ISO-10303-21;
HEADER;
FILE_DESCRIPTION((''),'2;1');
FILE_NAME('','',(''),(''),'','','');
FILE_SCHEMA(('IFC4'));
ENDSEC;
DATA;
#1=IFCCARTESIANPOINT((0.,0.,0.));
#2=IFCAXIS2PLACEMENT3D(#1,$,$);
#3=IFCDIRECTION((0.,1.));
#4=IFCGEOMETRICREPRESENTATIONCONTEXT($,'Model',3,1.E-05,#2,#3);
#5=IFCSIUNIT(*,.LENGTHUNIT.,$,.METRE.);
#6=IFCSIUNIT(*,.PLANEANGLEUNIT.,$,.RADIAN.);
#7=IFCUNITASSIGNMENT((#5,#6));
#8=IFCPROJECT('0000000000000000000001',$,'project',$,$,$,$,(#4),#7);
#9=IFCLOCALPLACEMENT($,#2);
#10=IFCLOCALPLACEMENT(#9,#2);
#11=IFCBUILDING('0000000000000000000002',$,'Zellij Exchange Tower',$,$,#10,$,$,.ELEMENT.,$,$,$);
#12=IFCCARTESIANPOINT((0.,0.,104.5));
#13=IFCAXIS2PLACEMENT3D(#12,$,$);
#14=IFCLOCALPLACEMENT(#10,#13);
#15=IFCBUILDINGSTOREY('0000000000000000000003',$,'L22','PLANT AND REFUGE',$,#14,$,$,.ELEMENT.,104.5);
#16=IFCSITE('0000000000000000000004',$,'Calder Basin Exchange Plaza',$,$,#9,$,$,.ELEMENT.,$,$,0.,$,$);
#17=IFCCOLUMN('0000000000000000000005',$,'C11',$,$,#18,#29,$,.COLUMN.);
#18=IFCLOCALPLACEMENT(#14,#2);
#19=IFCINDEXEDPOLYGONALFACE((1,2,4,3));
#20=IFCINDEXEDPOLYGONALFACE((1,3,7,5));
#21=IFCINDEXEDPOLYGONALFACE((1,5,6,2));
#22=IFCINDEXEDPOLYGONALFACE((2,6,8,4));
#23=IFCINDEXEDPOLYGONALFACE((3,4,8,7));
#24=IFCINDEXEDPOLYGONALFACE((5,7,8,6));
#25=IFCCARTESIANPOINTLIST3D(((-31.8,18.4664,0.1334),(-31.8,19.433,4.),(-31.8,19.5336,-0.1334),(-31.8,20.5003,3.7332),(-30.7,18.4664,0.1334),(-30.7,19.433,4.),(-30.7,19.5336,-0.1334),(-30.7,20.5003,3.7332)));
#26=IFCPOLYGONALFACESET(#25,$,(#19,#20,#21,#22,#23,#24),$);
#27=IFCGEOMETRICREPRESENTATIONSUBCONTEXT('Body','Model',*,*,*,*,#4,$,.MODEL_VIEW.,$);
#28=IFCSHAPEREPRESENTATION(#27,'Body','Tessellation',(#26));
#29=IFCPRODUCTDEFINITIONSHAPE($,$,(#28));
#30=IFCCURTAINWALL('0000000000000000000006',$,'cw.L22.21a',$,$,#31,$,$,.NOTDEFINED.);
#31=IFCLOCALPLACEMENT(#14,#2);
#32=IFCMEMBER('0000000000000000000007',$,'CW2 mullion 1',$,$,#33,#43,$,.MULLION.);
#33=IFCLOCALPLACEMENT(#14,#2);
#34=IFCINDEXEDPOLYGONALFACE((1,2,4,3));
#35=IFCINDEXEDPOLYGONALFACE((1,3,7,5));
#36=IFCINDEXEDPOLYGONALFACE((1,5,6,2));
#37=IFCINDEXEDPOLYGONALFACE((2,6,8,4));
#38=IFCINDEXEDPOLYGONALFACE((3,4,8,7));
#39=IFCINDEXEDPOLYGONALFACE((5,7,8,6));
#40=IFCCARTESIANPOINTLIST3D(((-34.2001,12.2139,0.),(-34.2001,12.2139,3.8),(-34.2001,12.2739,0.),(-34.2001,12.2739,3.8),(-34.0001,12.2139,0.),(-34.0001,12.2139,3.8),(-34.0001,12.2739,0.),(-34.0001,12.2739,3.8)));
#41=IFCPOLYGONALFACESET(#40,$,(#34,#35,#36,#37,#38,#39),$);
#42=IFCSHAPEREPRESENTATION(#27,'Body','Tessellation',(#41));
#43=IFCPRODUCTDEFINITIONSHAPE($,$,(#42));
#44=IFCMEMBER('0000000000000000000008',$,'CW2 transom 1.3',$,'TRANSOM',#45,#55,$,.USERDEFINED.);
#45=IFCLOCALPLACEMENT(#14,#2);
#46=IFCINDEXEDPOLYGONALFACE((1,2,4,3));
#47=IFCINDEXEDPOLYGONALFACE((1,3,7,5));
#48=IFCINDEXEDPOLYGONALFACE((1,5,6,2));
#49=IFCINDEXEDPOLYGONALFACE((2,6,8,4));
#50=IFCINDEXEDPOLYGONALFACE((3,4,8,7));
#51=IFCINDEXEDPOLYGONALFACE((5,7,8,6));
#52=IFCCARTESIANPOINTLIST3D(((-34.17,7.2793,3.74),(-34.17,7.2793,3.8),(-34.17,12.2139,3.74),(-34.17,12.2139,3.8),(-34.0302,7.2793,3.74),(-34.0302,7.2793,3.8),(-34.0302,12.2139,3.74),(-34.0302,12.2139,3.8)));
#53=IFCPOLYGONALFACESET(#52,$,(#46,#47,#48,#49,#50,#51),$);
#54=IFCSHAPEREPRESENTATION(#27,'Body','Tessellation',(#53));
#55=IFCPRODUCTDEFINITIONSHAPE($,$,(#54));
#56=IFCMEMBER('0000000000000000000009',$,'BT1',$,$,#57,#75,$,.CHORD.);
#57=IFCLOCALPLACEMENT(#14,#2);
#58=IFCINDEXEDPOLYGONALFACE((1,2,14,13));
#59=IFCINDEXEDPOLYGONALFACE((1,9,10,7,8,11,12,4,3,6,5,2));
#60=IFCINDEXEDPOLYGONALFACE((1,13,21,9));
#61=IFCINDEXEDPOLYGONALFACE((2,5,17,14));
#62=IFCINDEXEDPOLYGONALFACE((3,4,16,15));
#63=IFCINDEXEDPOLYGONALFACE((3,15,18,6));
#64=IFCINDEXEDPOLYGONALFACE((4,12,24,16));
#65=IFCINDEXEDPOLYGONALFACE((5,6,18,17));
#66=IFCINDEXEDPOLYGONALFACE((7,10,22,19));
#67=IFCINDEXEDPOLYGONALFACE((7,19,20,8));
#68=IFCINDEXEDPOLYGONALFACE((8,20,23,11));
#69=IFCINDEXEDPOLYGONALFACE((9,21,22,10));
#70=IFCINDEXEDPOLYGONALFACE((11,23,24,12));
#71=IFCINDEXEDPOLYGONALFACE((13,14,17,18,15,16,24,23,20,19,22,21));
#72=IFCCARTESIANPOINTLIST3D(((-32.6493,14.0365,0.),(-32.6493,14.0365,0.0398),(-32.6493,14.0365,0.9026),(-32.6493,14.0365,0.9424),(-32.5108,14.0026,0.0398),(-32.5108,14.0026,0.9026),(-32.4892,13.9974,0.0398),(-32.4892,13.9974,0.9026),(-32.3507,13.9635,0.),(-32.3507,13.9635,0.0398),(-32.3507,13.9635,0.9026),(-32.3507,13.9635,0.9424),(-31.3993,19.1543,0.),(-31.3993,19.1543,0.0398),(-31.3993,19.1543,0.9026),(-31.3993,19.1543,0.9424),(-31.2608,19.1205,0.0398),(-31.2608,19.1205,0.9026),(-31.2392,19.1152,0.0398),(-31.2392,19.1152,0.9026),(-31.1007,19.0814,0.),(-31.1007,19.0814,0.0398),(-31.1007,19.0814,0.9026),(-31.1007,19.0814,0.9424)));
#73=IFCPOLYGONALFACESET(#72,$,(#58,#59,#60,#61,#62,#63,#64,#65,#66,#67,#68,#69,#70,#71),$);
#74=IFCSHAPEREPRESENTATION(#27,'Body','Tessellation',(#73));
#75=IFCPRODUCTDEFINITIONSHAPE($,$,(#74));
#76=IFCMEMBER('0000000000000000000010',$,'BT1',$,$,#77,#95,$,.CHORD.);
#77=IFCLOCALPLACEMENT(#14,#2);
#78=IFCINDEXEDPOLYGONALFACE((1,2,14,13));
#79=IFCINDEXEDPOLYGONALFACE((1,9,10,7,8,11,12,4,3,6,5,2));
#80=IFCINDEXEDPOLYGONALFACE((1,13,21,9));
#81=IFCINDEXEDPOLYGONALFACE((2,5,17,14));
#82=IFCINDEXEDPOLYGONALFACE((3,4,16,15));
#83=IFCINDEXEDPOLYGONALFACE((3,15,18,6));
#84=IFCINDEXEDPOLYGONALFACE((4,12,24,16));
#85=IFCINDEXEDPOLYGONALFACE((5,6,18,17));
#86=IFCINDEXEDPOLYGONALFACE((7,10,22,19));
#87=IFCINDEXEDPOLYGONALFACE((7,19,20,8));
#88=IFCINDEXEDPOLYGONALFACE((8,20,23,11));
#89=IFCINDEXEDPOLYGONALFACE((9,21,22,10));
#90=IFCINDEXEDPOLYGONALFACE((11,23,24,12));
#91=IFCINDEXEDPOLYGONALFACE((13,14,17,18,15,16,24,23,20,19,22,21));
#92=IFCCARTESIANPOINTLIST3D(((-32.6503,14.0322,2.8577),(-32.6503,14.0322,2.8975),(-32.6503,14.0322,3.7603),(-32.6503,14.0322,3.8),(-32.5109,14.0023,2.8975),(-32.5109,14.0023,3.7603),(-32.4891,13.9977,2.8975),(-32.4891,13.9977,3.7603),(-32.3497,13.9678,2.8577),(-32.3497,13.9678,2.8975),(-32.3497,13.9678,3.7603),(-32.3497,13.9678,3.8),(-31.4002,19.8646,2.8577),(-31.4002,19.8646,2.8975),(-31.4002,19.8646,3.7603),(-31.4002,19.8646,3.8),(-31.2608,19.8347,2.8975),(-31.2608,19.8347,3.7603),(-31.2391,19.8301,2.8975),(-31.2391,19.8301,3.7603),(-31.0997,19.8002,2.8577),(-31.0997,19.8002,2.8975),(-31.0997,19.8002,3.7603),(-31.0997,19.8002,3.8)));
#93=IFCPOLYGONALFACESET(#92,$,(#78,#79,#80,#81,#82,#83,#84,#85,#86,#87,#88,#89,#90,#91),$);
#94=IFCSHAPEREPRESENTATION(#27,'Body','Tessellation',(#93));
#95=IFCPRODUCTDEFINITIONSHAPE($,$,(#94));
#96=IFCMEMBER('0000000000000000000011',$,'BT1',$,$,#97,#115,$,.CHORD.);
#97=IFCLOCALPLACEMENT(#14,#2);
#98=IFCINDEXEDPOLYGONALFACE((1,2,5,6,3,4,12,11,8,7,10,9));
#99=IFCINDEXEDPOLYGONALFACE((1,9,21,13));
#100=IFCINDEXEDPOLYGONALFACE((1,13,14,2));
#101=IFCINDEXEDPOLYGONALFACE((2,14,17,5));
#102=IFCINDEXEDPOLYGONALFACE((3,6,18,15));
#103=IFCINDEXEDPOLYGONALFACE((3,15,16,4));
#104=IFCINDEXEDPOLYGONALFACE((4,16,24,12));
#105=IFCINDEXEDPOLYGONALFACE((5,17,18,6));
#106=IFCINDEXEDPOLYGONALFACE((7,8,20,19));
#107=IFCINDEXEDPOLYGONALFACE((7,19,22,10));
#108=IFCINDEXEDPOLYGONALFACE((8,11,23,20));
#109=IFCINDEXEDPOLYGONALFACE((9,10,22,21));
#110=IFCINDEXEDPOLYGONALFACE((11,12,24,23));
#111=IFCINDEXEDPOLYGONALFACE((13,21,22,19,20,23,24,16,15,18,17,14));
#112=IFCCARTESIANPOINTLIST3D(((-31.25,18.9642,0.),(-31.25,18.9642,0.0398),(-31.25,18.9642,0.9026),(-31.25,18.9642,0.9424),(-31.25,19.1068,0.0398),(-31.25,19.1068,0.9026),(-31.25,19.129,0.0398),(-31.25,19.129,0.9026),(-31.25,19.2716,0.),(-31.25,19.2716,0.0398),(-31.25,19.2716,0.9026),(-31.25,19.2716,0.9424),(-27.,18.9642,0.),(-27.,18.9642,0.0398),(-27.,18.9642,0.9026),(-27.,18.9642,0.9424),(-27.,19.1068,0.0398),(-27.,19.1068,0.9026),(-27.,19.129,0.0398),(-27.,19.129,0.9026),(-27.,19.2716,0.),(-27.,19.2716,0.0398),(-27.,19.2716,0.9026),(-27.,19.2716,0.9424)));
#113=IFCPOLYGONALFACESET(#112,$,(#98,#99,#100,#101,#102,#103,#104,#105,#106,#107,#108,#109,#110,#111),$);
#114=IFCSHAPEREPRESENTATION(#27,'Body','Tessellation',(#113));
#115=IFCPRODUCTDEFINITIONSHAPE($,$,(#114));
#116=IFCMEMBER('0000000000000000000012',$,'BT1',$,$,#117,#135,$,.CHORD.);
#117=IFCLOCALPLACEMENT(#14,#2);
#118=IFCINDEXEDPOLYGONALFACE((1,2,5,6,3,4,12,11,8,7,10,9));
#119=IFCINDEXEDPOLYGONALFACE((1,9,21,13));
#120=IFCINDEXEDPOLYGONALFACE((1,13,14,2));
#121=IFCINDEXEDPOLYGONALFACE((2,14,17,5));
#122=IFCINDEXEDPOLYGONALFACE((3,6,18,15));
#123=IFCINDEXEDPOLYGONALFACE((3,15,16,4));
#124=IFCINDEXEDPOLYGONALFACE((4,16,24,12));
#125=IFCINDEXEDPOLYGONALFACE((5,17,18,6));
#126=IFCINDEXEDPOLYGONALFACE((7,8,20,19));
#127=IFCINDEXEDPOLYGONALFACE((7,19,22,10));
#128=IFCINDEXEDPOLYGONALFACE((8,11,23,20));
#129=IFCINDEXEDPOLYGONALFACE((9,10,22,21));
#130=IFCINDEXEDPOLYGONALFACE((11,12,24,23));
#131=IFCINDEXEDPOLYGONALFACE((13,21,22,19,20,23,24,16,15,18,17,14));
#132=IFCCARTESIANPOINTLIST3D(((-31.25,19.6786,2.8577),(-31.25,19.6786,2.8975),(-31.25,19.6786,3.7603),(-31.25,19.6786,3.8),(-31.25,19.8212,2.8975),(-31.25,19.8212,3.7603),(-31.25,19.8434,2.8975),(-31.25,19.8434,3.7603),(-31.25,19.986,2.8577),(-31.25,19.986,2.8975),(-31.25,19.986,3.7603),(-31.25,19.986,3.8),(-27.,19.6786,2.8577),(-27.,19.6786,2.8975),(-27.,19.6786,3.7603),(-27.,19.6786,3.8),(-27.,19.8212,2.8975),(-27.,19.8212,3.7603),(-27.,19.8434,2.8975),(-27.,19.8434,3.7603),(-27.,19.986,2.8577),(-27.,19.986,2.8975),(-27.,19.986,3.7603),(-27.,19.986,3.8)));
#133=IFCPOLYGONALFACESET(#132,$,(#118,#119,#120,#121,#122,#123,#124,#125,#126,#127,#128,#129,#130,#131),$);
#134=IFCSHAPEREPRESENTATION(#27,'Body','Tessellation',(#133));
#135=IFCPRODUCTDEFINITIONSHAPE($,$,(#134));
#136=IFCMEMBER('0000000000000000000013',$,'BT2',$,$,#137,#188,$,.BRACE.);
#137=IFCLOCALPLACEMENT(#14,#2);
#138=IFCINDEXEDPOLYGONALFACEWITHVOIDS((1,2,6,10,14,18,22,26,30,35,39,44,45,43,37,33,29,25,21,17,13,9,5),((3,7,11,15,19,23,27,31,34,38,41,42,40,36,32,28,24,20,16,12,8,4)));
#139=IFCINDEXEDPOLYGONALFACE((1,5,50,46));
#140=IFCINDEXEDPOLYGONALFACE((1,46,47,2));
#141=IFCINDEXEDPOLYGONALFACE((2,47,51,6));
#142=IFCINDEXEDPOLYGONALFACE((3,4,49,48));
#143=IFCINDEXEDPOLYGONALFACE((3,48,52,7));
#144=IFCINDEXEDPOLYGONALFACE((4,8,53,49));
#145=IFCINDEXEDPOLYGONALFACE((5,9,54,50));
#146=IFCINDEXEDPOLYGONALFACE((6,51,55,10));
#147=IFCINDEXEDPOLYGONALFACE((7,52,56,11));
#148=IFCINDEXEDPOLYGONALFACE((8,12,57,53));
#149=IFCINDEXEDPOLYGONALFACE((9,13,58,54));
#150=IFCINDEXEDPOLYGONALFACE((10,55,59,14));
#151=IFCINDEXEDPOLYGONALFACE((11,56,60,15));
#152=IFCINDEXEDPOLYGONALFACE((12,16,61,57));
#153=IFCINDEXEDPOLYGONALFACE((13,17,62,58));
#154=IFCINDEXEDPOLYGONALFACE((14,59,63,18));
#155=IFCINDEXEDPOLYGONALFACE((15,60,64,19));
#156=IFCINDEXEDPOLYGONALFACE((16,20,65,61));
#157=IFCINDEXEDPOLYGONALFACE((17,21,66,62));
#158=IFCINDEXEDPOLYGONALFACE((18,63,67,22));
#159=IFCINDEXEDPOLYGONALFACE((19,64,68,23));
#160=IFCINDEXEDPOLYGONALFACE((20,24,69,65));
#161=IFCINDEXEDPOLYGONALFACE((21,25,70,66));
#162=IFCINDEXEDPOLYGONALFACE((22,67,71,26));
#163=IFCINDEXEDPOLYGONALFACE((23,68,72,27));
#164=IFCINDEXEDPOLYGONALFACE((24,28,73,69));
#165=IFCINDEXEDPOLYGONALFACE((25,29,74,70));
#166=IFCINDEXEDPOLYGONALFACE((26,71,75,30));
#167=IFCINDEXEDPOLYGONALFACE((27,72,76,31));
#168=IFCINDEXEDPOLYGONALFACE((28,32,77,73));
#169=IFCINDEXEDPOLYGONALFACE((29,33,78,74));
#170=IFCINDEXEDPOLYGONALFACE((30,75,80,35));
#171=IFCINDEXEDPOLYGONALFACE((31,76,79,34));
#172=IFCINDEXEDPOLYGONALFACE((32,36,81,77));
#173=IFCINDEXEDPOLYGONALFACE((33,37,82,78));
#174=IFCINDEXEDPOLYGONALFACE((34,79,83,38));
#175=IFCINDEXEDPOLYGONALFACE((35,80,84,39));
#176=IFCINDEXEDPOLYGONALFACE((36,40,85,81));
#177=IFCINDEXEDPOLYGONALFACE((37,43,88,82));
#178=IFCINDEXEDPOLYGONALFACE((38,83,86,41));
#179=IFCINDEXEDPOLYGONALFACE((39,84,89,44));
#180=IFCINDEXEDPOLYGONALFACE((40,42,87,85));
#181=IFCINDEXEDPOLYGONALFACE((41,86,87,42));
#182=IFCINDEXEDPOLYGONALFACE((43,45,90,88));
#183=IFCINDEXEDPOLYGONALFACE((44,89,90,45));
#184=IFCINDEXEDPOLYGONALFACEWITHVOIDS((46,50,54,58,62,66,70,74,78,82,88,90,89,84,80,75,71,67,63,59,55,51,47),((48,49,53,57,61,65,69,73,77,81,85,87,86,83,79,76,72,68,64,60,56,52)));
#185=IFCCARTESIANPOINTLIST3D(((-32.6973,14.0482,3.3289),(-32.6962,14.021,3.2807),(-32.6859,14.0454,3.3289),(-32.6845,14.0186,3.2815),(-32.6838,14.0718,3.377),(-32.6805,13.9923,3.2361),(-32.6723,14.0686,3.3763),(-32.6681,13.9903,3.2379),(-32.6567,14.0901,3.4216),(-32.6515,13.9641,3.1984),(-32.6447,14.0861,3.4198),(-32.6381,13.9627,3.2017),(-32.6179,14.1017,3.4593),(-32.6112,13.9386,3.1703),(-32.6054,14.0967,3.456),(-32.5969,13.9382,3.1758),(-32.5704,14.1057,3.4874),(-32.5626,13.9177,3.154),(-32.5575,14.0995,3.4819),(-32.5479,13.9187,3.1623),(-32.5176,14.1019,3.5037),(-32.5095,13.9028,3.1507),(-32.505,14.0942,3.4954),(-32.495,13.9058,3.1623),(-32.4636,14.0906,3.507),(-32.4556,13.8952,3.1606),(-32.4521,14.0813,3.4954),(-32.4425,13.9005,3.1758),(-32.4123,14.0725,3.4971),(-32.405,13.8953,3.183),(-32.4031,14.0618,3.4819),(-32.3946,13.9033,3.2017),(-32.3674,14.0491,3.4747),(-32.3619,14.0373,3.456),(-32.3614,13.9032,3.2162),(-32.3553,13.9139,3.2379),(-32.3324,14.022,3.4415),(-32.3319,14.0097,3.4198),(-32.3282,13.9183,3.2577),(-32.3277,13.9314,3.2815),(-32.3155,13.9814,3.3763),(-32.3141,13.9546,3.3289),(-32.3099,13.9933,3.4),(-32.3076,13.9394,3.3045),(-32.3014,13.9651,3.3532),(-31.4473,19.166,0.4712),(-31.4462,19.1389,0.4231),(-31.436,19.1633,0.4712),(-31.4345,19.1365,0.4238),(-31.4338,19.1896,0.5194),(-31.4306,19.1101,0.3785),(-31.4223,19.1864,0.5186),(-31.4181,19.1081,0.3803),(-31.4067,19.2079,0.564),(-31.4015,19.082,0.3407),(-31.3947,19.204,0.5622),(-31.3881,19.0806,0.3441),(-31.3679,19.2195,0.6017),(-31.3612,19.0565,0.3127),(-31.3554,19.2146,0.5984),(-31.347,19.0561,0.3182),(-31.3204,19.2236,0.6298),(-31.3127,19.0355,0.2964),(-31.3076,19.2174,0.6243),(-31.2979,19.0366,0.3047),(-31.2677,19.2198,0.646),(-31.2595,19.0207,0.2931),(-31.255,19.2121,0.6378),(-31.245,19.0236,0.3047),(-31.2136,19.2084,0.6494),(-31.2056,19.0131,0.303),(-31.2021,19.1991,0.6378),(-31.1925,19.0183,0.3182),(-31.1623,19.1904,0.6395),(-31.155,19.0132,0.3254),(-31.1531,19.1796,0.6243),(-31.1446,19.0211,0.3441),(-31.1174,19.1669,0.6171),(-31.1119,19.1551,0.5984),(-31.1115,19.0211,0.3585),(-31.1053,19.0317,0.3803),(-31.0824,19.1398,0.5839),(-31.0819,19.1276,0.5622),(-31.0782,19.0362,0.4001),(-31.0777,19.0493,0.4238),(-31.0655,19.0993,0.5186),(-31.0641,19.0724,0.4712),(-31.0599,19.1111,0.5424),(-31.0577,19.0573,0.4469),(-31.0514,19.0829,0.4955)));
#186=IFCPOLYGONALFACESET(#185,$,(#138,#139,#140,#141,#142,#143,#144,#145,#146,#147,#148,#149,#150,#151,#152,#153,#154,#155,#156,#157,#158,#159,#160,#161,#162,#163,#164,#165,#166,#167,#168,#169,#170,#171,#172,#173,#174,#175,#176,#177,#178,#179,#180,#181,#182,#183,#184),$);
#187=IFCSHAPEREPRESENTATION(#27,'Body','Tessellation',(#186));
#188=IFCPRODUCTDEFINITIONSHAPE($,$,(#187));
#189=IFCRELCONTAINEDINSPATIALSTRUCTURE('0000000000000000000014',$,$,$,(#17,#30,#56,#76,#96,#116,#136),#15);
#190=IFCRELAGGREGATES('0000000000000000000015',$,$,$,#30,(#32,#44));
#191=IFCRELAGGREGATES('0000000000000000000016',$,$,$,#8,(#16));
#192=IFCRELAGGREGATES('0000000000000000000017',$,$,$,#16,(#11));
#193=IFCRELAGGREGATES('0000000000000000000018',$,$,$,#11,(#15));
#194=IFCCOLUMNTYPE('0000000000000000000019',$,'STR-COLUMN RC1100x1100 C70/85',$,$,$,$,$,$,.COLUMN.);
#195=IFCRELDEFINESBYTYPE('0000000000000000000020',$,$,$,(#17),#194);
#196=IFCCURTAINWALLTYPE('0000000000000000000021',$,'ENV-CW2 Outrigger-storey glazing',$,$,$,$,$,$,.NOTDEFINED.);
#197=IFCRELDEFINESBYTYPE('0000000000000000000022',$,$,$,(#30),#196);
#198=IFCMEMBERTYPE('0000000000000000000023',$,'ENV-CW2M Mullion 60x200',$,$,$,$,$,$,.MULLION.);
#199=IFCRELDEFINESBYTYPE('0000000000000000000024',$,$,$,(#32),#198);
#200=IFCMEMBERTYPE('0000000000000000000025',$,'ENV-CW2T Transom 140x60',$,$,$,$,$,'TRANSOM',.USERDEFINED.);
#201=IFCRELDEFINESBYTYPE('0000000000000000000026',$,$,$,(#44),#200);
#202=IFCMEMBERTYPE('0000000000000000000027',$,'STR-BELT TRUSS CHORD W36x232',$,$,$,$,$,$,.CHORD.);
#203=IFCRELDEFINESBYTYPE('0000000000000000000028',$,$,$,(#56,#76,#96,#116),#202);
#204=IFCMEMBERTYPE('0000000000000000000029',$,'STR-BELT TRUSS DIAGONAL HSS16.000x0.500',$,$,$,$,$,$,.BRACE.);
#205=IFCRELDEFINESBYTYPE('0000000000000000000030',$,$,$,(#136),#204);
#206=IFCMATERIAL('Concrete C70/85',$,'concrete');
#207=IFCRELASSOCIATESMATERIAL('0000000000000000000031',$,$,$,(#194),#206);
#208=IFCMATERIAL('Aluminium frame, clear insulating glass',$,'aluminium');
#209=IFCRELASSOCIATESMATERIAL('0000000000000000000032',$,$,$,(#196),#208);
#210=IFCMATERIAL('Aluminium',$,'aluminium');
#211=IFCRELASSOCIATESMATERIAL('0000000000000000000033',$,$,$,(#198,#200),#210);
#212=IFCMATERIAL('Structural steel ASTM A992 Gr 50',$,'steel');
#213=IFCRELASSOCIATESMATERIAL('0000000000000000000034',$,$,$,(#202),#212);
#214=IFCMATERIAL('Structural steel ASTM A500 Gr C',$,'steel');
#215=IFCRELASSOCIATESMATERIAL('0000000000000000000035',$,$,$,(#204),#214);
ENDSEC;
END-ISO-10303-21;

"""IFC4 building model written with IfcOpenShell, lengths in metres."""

from ifc_helpers import new_model, si_unit, direction, frame, origin, origin_2d, place, context, subcontext, project, spatial, rectangle, hollow_circle, i_section, extrude, clip, halfspace, material, material_profile, profile_set, type_object, element, aggregate, save


model = new_model("IFC4")

# Units and contexts
model_context = context("Model", 3, precision=1e-05, world=origin(), true_north=direction((0.0, 1.0)))
body_context = subcontext(model_context, "Body", "Model", "MODEL_VIEW")
ifc_project = project(units=[si_unit("LENGTHUNIT", "METRE"), si_unit("PLANEANGLEUNIT", "RADIAN")], contexts=[model_context])

# Site, building, storey
site_placement = place(None, origin())
site = spatial("IfcSite", under=ifc_project, at=site_placement, Name="Calder Basin Exchange Plaza", CompositionType="ELEMENT", RefElevation=0.0)
building_placement = place(site_placement, origin())
building = spatial("IfcBuilding", under=site, at=building_placement, Name="Zellij Exchange Tower", CompositionType="ELEMENT")
storey_placement = place(building_placement, frame((0.0, 0.0, 104.5)))
storey = spatial("IfcBuildingStorey", under=building, at=storey_placement, Name="L22", Description="PLANT AND REFUGE", CompositionType="ELEMENT", Elevation=104.5)

# Column
ifc_material_1 = material(Name="Concrete C70/85", Category="concrete")
ifc_material_profile_1 = material_profile(ifc_material_1, rectangle(XDim=1.1001, YDim=1.1001, at=origin_2d()), Name="STR-COLUMN RC1100x1100 C70/85")
ifc_profile_set_1 = profile_set([ifc_material_profile_1], Name="Concrete C70/85")
column_type = type_object("IfcColumnType", Name="STR-COLUMN RC1100x1100 C70/85", PredefinedType="COLUMN", material=ifc_profile_set_1)
column_placement = place(storey_placement, frame((-31.25, 19.0, 0.0), z_axis=(0.0, 0.242536, 0.970143), x_axis=(-1.0, 0.0, 0.0)))
element("IfcColumn", 1, at=column_placement, inside=storey, type_object=column_type, Name="C11", PredefinedType="COLUMN", context=body_context, shape_type="Clipping", body=[
    clip(extrude(rectangle(XDim=1.1001, YDim=1.1001, at=origin_2d()), origin(), (0.0, 0.0, 1.0), 4.123), halfspace(frame((0.0, 0.0, 3.9856)), False)),
])

# Curtain wall, members
ifc_material_2 = material(Name="Aluminium frame, clear insulating glass", Category="aluminium")
curtain_wall_type = type_object("IfcCurtainWallType", Name="ENV-CW2 Outrigger-storey glazing", PredefinedType="NOTDEFINED", material=ifc_material_2)
curtain_wall_placement = place(storey_placement, origin())
curtain_wall = element("IfcCurtainWall", 2, at=curtain_wall_placement, inside=storey, type_object=curtain_wall_type, Name="cw.L22.21a", PredefinedType="NOTDEFINED")
ifc_material_3 = material(Name="Aluminium", Category="aluminium")
ifc_material_profile_2 = material_profile(ifc_material_3, rectangle(XDim=0.0601, YDim=0.2, at=origin_2d()), Name="AL 60x200")
ifc_profile_set_2 = profile_set([ifc_material_profile_2], Name="Aluminium")
member_type_1 = type_object("IfcMemberType", Name="ENV-CW2M Mullion 60x200", PredefinedType="MULLION", material=ifc_profile_set_2)
member_1_placement = place(storey_placement, frame((-34.1001, 12.2439, 0.0), z_axis=(0.0, 0.0, 1.0), x_axis=(0.0, -1.0, 0.0)))
member_1 = element("IfcMember", 3, at=member_1_placement, type_object=member_type_1, Name="CW2 mullion 1", PredefinedType="MULLION", context=body_context, shape_type="SweptSolid", body=[
    extrude(rectangle(XDim=0.0601, YDim=0.2, at=origin_2d()), origin(), (0.0, 0.0, 1.0), 3.8),
])
ifc_material_profile_3 = material_profile(ifc_material_3, rectangle(XDim=0.1399, YDim=0.0601, at=origin_2d()), Name="AL 140x60")
ifc_profile_set_3 = profile_set([ifc_material_profile_3], Name="Aluminium")
member_type_2 = type_object("IfcMemberType", Name="ENV-CW2T Transom 140x60", ElementType="TRANSOM", PredefinedType="USERDEFINED", material=ifc_profile_set_3)
member_2_placement = place(storey_placement, frame((-34.1001, 12.2139, 3.77), z_axis=(0.0, -1.0, 0.0), x_axis=(1.0, 0.0, 0.0)))
member_2 = element("IfcMember", 4, at=member_2_placement, type_object=member_type_2, Name="CW2 transom 1.3", ObjectType="TRANSOM", PredefinedType="USERDEFINED", context=body_context, shape_type="SweptSolid", body=[
    extrude(rectangle(XDim=0.1399, YDim=0.0601, at=origin_2d()), origin(), (0.0, 0.0, 1.0), 4.9346),
])
aggregate(curtain_wall, [member_1, member_2])

# Members
ifc_material_4 = material(Name="Structural steel ASTM A992 Gr 50", Category="steel")
ifc_material_profile_4 = material_profile(ifc_material_4, i_section(OverallWidth=0.3074, OverallDepth=0.9424, WebThickness=0.0222, FlangeThickness=0.0398, at=origin_2d()), Name="W36x232")
ifc_profile_set_4 = profile_set([ifc_material_profile_4], Name="Structural steel ASTM A992 Gr 50")
member_type_3 = type_object("IfcMemberType", Name="STR-BELT TRUSS CHORD W36x232", PredefinedType="CHORD", material=ifc_profile_set_4)
member_3_placement = place(storey_placement, frame((-32.5, 14.0, 0.4712), z_axis=(0.237266, 0.971445, 0.0), x_axis=(-0.971445, 0.237266, 0.0)))
element("IfcMember", 5, at=member_3_placement, inside=storey, type_object=member_type_3, Name="BT1", PredefinedType="CHORD", context=body_context, shape_type="SweptSolid", body=[
    extrude(i_section(OverallWidth=0.3074, OverallDepth=0.9424, WebThickness=0.0222, FlangeThickness=0.0398, at=origin_2d()), origin(), (0.0, 0.0, 1.0), 5.2683),
])
member_4_placement = place(storey_placement, frame((-32.5, 14.0, 3.3289), z_axis=(0.209565, 0.977795, 0.0), x_axis=(-0.977795, 0.209565, 0.0)))
element("IfcMember", 6, at=member_4_placement, inside=storey, type_object=member_type_3, Name="BT1", PredefinedType="CHORD", context=body_context, shape_type="SweptSolid", body=[
    extrude(i_section(OverallWidth=0.3074, OverallDepth=0.9424, WebThickness=0.0222, FlangeThickness=0.0398, at=origin_2d()), origin(), (0.0, 0.0, 1.0), 5.9648),
])
for number, where, z_axis, x_axis, name in (
    (7, (-31.25, 19.1179, 0.4712), (1.0, 0.0, 0.0), (0.0, 1.0, 0.0), "BT1"),
    (8, (-31.25, 19.8323, 3.3289), (1.0, 0.0, 0.0), (0.0, 1.0, 0.0), "BT1"),
):
    element("IfcMember", number, at=place(storey_placement, frame(where, z_axis=z_axis, x_axis=x_axis)), inside=storey, type_object=member_type_3, Name=name, PredefinedType="CHORD", context=body_context, shape_type="SweptSolid", body=[
        extrude(i_section(OverallWidth=0.3074, OverallDepth=0.9424, WebThickness=0.0222, FlangeThickness=0.0398, at=origin_2d()), origin(), (0.0, 0.0, 1.0), 4.25),
    ])
ifc_material_5 = material(Name="Structural steel ASTM A500 Gr C", Category="steel")
ifc_material_profile_5 = material_profile(ifc_material_5, hollow_circle(Radius=0.2031, WallThickness=0.0117, at=origin_2d()), Name="STR-BELT TRUSS DIAGONAL HSS16.000x0.500")
ifc_profile_set_5 = profile_set([ifc_material_profile_5], Name="Structural steel ASTM A500 Gr C")
member_type_4 = type_object("IfcMemberType", Name="STR-BELT TRUSS DIAGONAL HSS16.000x0.500", PredefinedType="BRACE", material=ifc_profile_set_5)
member_5_placement = place(storey_placement, frame((-32.5, 14.0, 3.3289), z_axis=(0.20856, 0.853914, -0.476795), x_axis=(-0.971445, 0.237266, 0.0)))
element("IfcMember", 9, at=member_5_placement, inside=storey, type_object=member_type_4, Name="BT2", PredefinedType="BRACE", context=body_context, shape_type="SweptSolid", body=[
    extrude(hollow_circle(Radius=0.2031, WallThickness=0.0117, at=origin_2d()), origin(), (0.0, 0.0, 1.0), 5.9934),
])

save(model, "model.ifc")
